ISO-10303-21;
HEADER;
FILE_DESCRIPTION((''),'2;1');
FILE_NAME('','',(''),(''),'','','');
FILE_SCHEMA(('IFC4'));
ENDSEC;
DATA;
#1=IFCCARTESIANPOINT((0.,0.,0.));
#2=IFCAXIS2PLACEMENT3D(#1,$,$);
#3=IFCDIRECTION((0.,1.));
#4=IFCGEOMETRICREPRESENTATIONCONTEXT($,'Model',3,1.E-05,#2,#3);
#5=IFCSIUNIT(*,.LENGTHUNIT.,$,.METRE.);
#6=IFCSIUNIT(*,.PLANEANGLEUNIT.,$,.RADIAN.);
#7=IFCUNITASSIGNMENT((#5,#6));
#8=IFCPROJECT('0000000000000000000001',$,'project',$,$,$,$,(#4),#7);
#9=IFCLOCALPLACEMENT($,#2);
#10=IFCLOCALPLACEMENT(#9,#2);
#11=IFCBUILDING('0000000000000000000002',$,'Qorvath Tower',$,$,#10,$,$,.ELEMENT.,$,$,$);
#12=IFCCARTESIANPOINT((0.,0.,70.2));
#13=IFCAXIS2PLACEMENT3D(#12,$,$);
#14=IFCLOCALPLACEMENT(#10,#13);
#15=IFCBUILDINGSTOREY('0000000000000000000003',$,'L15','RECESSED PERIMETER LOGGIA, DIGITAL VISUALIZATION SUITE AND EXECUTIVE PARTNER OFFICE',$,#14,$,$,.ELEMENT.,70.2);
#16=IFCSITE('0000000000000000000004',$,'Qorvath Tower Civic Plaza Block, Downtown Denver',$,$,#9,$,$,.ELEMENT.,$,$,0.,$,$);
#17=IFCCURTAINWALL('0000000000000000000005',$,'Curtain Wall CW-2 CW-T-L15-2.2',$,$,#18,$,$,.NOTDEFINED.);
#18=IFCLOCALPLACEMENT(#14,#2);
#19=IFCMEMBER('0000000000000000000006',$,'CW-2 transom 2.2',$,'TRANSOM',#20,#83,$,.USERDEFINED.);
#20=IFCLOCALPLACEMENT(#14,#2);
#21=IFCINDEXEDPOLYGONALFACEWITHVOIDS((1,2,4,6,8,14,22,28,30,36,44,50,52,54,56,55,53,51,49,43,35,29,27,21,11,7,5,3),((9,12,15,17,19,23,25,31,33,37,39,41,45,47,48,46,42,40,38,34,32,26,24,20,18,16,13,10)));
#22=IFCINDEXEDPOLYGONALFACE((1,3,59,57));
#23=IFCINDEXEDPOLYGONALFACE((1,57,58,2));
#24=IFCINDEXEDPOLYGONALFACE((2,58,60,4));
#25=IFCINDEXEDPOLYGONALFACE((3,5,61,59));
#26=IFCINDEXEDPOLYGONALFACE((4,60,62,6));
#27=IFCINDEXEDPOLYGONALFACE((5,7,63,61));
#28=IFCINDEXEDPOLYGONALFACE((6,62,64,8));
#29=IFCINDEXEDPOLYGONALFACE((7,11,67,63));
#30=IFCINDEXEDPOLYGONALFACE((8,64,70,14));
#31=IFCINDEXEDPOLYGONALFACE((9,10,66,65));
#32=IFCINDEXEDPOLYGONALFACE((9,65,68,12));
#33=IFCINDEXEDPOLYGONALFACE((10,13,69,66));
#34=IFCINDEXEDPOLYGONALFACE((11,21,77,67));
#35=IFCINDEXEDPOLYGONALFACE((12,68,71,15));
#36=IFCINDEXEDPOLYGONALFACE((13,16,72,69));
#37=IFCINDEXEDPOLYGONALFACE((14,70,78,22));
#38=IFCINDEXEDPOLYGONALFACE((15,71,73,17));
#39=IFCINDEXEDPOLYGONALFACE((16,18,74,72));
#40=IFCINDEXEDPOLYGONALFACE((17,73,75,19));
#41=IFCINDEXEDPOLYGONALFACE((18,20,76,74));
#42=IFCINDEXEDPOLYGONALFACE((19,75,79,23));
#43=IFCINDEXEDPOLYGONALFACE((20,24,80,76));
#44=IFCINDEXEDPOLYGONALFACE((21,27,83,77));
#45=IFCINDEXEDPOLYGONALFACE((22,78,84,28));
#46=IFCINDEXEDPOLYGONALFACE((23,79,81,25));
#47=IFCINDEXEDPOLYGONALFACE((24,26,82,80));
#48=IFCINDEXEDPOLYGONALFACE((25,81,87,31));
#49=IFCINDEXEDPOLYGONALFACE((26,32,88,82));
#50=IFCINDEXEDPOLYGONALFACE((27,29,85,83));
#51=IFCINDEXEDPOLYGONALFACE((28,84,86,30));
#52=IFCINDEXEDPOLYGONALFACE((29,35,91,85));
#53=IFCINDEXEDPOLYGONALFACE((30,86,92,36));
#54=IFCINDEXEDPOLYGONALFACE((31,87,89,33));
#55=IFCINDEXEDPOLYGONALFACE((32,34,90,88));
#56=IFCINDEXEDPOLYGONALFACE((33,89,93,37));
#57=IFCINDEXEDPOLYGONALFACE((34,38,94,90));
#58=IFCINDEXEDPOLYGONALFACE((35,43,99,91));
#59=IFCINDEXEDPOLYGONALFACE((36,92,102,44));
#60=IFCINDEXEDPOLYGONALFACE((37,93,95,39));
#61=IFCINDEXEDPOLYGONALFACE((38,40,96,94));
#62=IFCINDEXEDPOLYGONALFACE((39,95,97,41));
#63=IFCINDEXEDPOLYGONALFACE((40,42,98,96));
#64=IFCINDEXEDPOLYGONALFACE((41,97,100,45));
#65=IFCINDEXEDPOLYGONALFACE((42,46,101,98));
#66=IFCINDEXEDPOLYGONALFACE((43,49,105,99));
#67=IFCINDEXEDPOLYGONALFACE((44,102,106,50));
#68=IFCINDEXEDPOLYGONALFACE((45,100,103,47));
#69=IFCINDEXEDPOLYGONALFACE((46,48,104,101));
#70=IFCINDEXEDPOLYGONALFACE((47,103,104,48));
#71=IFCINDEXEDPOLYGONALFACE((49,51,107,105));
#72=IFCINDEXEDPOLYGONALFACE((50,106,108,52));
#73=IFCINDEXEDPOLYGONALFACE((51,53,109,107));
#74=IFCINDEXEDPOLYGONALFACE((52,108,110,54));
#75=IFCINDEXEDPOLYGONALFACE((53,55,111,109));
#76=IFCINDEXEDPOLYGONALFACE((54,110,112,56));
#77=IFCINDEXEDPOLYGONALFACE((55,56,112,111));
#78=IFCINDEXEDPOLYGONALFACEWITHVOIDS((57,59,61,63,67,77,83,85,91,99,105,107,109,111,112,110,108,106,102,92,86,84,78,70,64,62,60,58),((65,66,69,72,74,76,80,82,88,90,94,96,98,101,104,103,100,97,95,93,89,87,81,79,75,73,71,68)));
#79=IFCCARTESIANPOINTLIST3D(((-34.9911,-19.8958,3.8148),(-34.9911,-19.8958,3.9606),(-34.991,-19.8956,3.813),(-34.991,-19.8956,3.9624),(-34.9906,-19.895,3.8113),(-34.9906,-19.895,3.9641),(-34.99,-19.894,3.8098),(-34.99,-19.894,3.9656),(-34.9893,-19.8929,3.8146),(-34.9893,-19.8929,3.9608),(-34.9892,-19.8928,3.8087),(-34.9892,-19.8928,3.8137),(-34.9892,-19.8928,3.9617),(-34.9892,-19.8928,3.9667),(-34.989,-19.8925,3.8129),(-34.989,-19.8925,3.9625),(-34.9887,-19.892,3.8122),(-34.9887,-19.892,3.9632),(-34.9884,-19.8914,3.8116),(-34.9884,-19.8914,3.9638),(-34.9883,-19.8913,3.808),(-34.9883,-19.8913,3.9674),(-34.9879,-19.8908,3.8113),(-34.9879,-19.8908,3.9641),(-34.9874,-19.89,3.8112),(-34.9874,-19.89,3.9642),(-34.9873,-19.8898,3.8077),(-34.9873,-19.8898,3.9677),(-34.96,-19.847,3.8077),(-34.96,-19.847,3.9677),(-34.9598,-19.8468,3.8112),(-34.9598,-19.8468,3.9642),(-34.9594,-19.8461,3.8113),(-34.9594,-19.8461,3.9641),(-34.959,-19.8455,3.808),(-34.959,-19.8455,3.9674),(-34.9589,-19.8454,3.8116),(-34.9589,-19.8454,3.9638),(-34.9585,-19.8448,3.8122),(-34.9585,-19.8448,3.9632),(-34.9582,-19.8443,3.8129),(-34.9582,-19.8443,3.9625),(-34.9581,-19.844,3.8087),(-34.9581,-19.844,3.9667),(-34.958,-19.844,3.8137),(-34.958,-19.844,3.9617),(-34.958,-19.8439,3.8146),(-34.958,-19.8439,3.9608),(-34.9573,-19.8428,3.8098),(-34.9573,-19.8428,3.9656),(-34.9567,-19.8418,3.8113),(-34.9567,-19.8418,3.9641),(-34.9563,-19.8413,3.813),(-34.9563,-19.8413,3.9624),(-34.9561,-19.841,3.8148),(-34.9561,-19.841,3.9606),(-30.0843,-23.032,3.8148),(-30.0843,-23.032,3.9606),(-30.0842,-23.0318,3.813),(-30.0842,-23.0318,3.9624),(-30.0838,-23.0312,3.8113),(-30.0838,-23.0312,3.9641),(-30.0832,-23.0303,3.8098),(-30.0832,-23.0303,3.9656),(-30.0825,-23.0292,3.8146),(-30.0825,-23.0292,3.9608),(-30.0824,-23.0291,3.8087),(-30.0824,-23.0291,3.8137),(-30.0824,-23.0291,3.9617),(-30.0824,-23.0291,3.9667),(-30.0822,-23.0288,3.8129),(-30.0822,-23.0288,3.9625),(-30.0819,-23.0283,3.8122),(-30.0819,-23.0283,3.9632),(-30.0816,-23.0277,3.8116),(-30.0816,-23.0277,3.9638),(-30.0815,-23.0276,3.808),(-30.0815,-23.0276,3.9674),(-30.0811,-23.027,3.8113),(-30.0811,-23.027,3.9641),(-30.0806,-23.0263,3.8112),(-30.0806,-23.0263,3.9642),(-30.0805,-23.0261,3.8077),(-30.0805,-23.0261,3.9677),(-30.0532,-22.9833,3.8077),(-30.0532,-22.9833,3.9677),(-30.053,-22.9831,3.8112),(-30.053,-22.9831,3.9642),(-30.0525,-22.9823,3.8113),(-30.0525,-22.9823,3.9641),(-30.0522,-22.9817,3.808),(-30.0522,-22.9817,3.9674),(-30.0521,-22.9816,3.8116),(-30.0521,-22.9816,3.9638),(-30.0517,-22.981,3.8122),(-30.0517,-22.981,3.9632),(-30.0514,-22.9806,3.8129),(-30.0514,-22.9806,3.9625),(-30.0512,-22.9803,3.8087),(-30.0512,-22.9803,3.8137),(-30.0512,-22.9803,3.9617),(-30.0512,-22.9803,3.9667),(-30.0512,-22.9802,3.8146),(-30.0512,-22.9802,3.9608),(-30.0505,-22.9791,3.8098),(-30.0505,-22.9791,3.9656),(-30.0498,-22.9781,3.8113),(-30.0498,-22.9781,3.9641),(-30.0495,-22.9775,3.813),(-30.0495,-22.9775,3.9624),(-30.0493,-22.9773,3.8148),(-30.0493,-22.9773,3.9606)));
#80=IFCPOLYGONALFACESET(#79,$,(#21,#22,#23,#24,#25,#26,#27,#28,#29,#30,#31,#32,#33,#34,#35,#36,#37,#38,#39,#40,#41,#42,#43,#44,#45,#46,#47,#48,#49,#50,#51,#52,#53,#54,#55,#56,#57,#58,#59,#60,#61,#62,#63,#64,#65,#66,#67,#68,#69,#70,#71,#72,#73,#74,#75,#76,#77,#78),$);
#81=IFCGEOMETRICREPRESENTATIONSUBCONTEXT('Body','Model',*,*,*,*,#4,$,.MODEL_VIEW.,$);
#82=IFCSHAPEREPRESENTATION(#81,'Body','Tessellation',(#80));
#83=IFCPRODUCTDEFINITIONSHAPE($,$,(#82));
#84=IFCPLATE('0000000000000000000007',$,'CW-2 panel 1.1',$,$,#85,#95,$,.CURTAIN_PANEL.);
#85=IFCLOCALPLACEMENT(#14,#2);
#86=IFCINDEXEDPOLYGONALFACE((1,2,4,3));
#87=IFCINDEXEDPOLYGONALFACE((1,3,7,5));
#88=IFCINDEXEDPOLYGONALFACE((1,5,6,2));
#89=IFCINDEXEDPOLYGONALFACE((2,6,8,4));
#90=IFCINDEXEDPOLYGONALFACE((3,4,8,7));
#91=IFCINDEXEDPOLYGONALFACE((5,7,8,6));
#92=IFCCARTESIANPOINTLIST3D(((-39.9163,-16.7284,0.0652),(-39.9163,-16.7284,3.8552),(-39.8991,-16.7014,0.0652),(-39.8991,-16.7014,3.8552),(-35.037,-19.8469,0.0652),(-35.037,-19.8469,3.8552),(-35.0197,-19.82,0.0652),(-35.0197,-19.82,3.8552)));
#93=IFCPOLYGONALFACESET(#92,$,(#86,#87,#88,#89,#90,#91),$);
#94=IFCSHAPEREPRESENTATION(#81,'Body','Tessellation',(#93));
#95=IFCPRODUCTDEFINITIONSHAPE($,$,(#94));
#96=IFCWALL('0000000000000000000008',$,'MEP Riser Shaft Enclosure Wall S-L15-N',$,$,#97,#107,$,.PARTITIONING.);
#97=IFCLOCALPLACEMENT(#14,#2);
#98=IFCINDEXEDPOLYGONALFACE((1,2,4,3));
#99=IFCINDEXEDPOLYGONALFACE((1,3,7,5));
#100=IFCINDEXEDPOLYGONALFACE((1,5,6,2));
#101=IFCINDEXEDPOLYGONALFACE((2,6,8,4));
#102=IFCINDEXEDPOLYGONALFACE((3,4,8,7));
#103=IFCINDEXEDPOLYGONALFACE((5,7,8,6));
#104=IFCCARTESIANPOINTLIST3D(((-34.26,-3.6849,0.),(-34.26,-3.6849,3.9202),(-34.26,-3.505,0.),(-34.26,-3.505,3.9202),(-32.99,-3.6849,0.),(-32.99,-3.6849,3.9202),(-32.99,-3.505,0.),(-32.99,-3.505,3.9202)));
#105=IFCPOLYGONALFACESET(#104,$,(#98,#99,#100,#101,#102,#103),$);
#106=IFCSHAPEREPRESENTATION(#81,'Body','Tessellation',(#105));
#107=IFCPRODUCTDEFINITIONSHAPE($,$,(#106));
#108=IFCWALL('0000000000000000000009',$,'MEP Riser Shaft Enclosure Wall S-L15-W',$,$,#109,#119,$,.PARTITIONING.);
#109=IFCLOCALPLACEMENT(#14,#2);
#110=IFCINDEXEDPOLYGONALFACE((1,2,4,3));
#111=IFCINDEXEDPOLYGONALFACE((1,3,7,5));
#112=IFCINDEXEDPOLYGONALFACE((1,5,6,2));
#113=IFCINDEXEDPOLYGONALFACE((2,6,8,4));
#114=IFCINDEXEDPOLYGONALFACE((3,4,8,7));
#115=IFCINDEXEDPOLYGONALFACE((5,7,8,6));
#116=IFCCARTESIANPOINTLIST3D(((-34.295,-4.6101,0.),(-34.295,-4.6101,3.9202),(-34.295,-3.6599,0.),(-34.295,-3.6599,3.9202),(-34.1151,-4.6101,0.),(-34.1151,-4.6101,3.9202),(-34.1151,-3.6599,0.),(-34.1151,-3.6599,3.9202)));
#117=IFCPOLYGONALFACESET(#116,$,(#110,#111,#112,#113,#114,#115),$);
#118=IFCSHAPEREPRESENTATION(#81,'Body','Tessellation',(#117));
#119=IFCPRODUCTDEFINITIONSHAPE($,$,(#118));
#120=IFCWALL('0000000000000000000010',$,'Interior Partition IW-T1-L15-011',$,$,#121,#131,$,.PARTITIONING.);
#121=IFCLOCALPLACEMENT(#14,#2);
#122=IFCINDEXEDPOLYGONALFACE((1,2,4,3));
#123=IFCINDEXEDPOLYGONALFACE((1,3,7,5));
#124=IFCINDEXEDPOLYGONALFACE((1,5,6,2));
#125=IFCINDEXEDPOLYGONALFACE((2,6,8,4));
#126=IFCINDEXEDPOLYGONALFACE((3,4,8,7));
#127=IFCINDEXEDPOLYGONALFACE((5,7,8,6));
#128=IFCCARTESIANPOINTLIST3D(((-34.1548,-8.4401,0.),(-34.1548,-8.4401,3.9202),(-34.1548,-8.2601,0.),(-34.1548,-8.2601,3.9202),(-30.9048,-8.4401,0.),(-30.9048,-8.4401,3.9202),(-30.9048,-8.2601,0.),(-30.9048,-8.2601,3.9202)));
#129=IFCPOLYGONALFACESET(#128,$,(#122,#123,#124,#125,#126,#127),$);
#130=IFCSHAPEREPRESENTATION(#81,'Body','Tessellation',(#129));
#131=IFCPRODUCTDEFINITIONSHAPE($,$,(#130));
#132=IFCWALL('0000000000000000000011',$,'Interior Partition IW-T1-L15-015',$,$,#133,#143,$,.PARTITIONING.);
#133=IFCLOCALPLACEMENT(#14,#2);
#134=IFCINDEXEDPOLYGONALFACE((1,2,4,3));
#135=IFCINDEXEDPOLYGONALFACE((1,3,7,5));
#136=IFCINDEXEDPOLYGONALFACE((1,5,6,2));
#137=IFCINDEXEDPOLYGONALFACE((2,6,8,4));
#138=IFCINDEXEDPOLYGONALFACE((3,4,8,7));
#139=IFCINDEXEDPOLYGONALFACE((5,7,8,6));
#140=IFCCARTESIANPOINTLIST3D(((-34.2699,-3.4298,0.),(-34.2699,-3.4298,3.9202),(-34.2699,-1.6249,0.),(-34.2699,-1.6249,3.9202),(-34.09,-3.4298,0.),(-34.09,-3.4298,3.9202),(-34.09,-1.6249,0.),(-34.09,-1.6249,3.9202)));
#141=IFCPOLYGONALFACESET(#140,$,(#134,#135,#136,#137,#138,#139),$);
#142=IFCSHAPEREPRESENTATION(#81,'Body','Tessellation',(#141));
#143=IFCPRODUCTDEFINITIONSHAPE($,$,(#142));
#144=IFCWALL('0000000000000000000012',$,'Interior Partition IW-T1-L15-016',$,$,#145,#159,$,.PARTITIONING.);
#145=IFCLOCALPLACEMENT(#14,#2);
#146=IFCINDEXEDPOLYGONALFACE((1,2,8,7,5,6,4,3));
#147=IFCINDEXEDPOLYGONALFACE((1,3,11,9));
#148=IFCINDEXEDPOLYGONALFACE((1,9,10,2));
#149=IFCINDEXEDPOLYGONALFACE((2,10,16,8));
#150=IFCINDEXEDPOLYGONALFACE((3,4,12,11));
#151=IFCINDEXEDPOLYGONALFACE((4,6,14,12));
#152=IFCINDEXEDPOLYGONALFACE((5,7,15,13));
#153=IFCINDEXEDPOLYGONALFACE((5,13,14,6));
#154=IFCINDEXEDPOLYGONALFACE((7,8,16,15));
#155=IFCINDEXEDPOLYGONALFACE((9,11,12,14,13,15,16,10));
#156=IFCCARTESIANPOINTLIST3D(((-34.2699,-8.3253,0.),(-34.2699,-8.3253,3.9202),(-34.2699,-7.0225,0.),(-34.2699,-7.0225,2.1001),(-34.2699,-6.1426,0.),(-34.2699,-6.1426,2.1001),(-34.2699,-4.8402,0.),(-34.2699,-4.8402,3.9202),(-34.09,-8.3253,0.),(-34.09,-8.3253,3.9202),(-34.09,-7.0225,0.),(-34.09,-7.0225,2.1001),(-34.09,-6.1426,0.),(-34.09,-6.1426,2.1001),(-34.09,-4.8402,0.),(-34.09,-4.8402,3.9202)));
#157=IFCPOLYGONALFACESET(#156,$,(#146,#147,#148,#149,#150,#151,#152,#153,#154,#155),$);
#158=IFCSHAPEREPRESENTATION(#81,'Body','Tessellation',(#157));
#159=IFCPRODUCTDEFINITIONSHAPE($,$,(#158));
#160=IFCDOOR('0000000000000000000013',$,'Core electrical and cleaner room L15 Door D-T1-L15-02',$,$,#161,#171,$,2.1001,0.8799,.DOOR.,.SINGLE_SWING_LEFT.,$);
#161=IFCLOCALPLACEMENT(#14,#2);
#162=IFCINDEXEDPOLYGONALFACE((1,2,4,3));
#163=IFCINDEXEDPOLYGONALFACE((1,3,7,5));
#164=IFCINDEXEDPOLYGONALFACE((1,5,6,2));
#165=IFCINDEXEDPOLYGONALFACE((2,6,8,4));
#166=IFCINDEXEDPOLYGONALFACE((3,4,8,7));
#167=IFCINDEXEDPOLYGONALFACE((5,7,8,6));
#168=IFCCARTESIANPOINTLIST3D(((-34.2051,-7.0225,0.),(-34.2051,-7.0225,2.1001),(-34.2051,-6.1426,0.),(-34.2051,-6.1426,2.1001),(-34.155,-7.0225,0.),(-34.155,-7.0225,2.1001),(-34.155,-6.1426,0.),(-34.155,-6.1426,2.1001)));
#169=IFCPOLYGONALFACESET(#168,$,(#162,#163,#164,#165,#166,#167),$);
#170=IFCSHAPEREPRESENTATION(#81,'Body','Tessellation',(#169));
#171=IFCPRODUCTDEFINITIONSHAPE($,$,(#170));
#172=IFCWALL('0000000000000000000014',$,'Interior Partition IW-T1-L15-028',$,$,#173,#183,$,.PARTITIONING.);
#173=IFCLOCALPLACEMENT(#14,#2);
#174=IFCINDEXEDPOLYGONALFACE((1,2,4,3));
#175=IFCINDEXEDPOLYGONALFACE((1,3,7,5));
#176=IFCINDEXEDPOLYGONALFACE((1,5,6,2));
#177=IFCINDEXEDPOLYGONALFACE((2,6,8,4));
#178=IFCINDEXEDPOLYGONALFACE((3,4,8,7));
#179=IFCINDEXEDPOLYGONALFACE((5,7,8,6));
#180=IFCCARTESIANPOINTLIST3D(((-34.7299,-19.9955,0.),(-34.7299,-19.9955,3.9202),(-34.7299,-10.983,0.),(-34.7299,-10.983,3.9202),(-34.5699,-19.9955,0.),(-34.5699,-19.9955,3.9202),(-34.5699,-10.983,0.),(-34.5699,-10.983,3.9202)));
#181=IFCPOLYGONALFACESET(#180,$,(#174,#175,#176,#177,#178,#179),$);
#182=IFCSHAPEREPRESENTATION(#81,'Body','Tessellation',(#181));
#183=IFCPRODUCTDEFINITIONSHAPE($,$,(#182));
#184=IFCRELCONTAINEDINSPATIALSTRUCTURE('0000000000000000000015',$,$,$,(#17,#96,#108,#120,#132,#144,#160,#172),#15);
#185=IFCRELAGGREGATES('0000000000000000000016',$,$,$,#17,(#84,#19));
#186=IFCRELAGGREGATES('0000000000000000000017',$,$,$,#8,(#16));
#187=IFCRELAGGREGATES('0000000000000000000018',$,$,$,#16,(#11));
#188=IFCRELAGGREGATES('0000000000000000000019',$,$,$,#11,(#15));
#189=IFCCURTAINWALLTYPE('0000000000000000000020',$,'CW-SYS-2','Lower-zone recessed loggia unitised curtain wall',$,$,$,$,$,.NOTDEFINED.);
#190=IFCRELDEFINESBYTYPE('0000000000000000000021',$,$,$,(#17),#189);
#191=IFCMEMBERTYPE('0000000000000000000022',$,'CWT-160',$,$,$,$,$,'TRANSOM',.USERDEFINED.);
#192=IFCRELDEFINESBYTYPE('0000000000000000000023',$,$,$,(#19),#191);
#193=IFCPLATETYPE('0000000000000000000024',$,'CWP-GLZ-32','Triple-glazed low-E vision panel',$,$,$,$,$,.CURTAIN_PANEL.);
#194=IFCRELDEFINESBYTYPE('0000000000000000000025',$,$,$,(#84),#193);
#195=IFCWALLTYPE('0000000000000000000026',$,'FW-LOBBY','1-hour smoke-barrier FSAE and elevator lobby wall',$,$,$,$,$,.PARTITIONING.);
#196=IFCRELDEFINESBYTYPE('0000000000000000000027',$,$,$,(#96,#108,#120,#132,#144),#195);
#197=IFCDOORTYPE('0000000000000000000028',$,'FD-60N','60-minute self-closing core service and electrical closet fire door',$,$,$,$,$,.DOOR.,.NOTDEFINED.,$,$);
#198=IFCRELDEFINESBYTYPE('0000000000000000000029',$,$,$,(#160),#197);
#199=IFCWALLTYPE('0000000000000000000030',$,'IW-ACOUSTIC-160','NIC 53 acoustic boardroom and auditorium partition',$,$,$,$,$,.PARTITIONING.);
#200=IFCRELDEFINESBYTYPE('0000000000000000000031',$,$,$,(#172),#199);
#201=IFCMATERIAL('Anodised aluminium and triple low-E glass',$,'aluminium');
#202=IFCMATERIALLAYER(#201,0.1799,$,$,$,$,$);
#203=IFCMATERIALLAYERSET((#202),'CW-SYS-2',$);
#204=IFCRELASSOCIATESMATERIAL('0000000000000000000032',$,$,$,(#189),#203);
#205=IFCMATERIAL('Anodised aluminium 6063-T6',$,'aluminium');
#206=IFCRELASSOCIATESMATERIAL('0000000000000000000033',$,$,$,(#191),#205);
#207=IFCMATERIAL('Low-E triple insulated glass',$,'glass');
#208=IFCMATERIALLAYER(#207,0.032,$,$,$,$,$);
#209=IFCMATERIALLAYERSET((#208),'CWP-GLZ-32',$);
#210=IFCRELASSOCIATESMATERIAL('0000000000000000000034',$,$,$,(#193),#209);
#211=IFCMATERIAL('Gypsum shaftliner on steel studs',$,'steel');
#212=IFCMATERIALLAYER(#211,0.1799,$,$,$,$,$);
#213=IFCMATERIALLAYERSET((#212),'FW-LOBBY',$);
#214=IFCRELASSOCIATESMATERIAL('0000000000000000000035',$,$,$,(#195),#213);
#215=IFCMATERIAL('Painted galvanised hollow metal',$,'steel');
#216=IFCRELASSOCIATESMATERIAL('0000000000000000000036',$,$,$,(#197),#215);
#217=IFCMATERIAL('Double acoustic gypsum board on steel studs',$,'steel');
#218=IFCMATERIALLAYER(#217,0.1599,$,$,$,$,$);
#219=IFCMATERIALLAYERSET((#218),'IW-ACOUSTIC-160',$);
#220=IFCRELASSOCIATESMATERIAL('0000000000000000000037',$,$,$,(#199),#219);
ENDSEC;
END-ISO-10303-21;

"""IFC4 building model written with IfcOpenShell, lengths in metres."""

from ifc_helpers import new_model, si_unit, direction, frame, frame_2d, origin, origin_2d, place, context, subcontext, project, spatial, rectangle, hollow_rectangle, extrude, material, layer, layer_set, material_profile, profile_set, type_object, element, fill, aggregate, save


model = new_model("IFC4")

# Units and contexts
model_context = context("Model", 3, precision=1e-05, world=origin(), true_north=direction((0.0, 1.0)))
body_context = subcontext(model_context, "Body", "Model", "MODEL_VIEW")
ifc_project = project(units=[si_unit("LENGTHUNIT", "METRE"), si_unit("PLANEANGLEUNIT", "RADIAN")], contexts=[model_context])

# Site, building, storey
site_placement = place(None, origin())
site = spatial("IfcSite", under=ifc_project, at=site_placement, Name="Qorvath Tower Civic Plaza Block, Downtown Denver", CompositionType="ELEMENT", RefElevation=0.0)
building_placement = place(site_placement, origin())
building = spatial("IfcBuilding", under=site, at=building_placement, Name="Qorvath Tower", CompositionType="ELEMENT")
storey_placement = place(building_placement, frame((0.0, 0.0, 70.2)))
storey = spatial("IfcBuildingStorey", under=building, at=storey_placement, Name="L15", Description="RECESSED PERIMETER LOGGIA, DIGITAL VISUALIZATION SUITE AND EXECUTIVE PARTNER OFFICE", CompositionType="ELEMENT", Elevation=70.2)

# Shared definitions
ifc_material_1 = material(Name="Anodised aluminium and triple low-E glass", Category="aluminium")
ifc_layer_1 = layer(ifc_material_1, 0.1799)
ifc_layer_set_1 = layer_set([ifc_layer_1], Name="CW-SYS-2")
curtain_wall_type = type_object("IfcCurtainWallType", Name="CW-SYS-2", Description="Lower-zone recessed loggia unitised curtain wall", PredefinedType="NOTDEFINED", material=ifc_layer_set_1)

# Curtain wall, member, plate
curtain_wall_1_placement = place(storey_placement, origin())
curtain_wall_1 = element("IfcCurtainWall", 1, at=curtain_wall_1_placement, inside=storey, type_object=curtain_wall_type, Name="Curtain Wall CW-2 CW-T-L15-2.2", PredefinedType="NOTDEFINED")
ifc_material_2 = material(Name="Anodised aluminium 6063-T6", Category="aluminium")
ifc_material_profile_1 = material_profile(ifc_material_2, hollow_rectangle(XDim=0.0649, YDim=0.1599, WallThickness=0.0034, InnerFilletRadius=0.0034, OuterFilletRadius=0.0071, at=origin_2d()), Name="CWT 160x65")
ifc_profile_set_1 = profile_set([ifc_material_profile_1], Name="Anodised aluminium 6063-T6")
member_type_1 = type_object("IfcMemberType", Name="CWT-160", ElementType="TRANSOM", PredefinedType="USERDEFINED", material=ifc_profile_set_1)
member_1_placement = place(storey_placement, frame((-34.9736, -19.8684, 3.8877), z_axis=(0.84259, -0.538556, 0.0), x_axis=(0.538556, 0.84259, 0.0)))
member_1 = element("IfcMember", 2, at=member_1_placement, type_object=member_type_1, Name="CW-2 transom 2.2", ObjectType="TRANSOM", PredefinedType="USERDEFINED", context=body_context, shape_type="SweptSolid", body=[
    extrude(hollow_rectangle(XDim=0.0649, YDim=0.1599, WallThickness=0.0034, InnerFilletRadius=0.0034, OuterFilletRadius=0.0071, at=origin_2d()), origin(), (0.0, 0.0, 1.0), 5.8235),
])
ifc_material_3 = material(Name="Low-E triple insulated glass", Category="glass")
ifc_layer_2 = layer(ifc_material_3, 0.032)
ifc_layer_set_2 = layer_set([ifc_layer_2], Name="CWP-GLZ-32")
plate_type = type_object("IfcPlateType", Name="CWP-GLZ-32", Description="Triple-glazed low-E vision panel", PredefinedType="CURTAIN_PANEL", material=ifc_layer_set_2)
plate_placement = place(storey_placement, frame((-37.468, -18.2742, 0.0652), z_axis=(0.0, 0.0, 1.0), x_axis=(0.842602, -0.538537, 0.0)))
plate = element("IfcPlate", 3, at=plate_placement, type_object=plate_type, Name="CW-2 panel 1.1", PredefinedType="CURTAIN_PANEL", context=body_context, shape_type="SweptSolid", body=[
    extrude(rectangle(XDim=5.7908, YDim=0.032, at=origin_2d()), origin(), (0.0, 0.0, 1.0), 3.79),
])
aggregate(curtain_wall_1, [plate, member_1])

# Walls
ifc_material_4 = material(Name="Gypsum shaftliner on steel studs", Category="steel")
ifc_layer_3 = layer(ifc_material_4, 0.1799)
ifc_layer_set_3 = layer_set([ifc_layer_3], Name="FW-LOBBY")
wall_type_1 = type_object("IfcWallType", Name="FW-LOBBY", Description="1-hour smoke-barrier FSAE and elevator lobby wall", PredefinedType="PARTITIONING", material=ifc_layer_set_3)
wall_1_placement = place(storey_placement, frame((-34.26, -3.595, 0.0), z_axis=(0.0, 0.0, 1.0), x_axis=(1.0, 0.0, 0.0)))
element("IfcWall", 4, at=wall_1_placement, inside=storey, type_object=wall_type_1, Name="MEP Riser Shaft Enclosure Wall S-L15-N", PredefinedType="PARTITIONING", context=body_context, shape_type="SweptSolid", body=[
    extrude(rectangle(XDim=1.27, YDim=0.1799, at=frame_2d((0.635, 0.0))), origin(), (0.0, 0.0, 1.0), 3.9202),
])
wall_2_placement = place(storey_placement, frame((-34.2051, -4.6101, 0.0), z_axis=(0.0, 0.0, 1.0), x_axis=(0.0, 1.0, 0.0)))
element("IfcWall", 5, at=wall_2_placement, inside=storey, type_object=wall_type_1, Name="MEP Riser Shaft Enclosure Wall S-L15-W", PredefinedType="PARTITIONING", context=body_context, shape_type="SweptSolid", body=[
    extrude(rectangle(XDim=0.9502, YDim=0.1799, at=frame_2d((0.4751, 0.0))), origin(), (0.0, 0.0, 1.0), 3.9202),
])
wall_3_placement = place(storey_placement, frame((-34.1548, -8.3501, 0.0), z_axis=(0.0, 0.0, 1.0), x_axis=(1.0, 0.0, 0.0)))
element("IfcWall", 6, at=wall_3_placement, inside=storey, type_object=wall_type_1, Name="Interior Partition IW-T1-L15-011", PredefinedType="PARTITIONING", context=body_context, shape_type="SweptSolid", body=[
    extrude(rectangle(XDim=3.25, YDim=0.1799, at=frame_2d((1.625, 0.0))), origin(), (0.0, 0.0, 1.0), 3.9202),
])
wall_4_placement = place(storey_placement, frame((-34.1799, -1.625, 0.0), z_axis=(0.0, 0.0, 1.0), x_axis=(0.0, -1.0, 0.0)))
element("IfcWall", 7, at=wall_4_placement, inside=storey, type_object=wall_type_1, Name="Interior Partition IW-T1-L15-015", PredefinedType="PARTITIONING", context=body_context, shape_type="SweptSolid", body=[
    extrude(rectangle(XDim=1.8049, YDim=0.1799, at=frame_2d((0.9023, 0.0))), origin(), (0.0, 0.0, 1.0), 3.9202),
])

# Wall, opening, door
wall_5_placement = place(storey_placement, frame((-34.1799, -4.8401, 0.0), z_axis=(0.0, 0.0, 1.0), x_axis=(0.0, -1.0, 0.0)))
wall_5 = element("IfcWall", 8, at=wall_5_placement, inside=storey, type_object=wall_type_1, Name="Interior Partition IW-T1-L15-016", PredefinedType="PARTITIONING", context=body_context, shape_type="SweptSolid", body=[
    extrude(rectangle(XDim=3.4851, YDim=0.1799, at=frame_2d((1.7427, 0.0))), origin(), (0.0, 0.0, 1.0), 3.9202),
])
opening_1_placement = place(wall_5_placement, frame((1.3025, 0.0, 0.0)))
opening_1 = element("IfcOpeningElement", 9, at=opening_1_placement, cuts=wall_5, PredefinedType="OPENING", context=body_context, shape_type="SweptSolid", body=[
    extrude(rectangle(XDim=0.8799, YDim=2.1001, at=frame_2d((0.4399, 1.05))), frame((0.0, 0.1001, 0.0), z_axis=(0.0, -1.0, 0.0), x_axis=(1.0, 0.0, 0.0)), (0.0, 0.0, 1.0), 0.2),
])
ifc_material_5 = material(Name="Painted galvanised hollow metal", Category="steel")
door_type_1 = type_object("IfcDoorType", Name="FD-60N", Description="60-minute self-closing core service and electrical closet fire door", OperationType="NOTDEFINED", PredefinedType="DOOR", material=ifc_material_5)
door_1_placement = place(opening_1_placement, origin())
door_1 = element("IfcDoor", 10, at=door_1_placement, inside=storey, type_object=door_type_1, Name="Core electrical and cleaner room L15 Door D-T1-L15-02", OperationType="SINGLE_SWING_LEFT", OverallHeight=2.1001, OverallWidth=0.8799, PredefinedType="DOOR", context=body_context, shape_type="SweptSolid", body=[
    extrude(rectangle(XDim=0.8799, YDim=2.1001, at=frame_2d((0.4399, 1.05))), frame((0.0, 0.0249, 0.0), z_axis=(0.0, -1.0, 0.0), x_axis=(1.0, 0.0, 0.0)), (0.0, 0.0, 1.0), 0.05),
])
fill(opening_1, door_1)

# Wall
ifc_material_6 = material(Name="Double acoustic gypsum board on steel studs", Category="steel")
ifc_layer_4 = layer(ifc_material_6, 0.1599)
ifc_layer_set_4 = layer_set([ifc_layer_4], Name="IW-ACOUSTIC-160")
wall_type_2 = type_object("IfcWallType", Name="IW-ACOUSTIC-160", Description="NIC 53 acoustic boardroom and auditorium partition", PredefinedType="PARTITIONING", material=ifc_layer_set_4)
wall_6_placement = place(storey_placement, frame((-34.6499, -10.9829, 0.0), z_axis=(0.0, 0.0, 1.0), x_axis=(0.0, -1.0, 0.0)))
element("IfcWall", 11, at=wall_6_placement, inside=storey, type_object=wall_type_2, Name="Interior Partition IW-T1-L15-028", PredefinedType="PARTITIONING", context=body_context, shape_type="SweptSolid", body=[
    extrude(rectangle(XDim=9.0125, YDim=0.1599, at=frame_2d((4.5063, 0.0))), origin(), (0.0, 0.0, 1.0), 3.9202),
])

save(model, "model.ifc")
